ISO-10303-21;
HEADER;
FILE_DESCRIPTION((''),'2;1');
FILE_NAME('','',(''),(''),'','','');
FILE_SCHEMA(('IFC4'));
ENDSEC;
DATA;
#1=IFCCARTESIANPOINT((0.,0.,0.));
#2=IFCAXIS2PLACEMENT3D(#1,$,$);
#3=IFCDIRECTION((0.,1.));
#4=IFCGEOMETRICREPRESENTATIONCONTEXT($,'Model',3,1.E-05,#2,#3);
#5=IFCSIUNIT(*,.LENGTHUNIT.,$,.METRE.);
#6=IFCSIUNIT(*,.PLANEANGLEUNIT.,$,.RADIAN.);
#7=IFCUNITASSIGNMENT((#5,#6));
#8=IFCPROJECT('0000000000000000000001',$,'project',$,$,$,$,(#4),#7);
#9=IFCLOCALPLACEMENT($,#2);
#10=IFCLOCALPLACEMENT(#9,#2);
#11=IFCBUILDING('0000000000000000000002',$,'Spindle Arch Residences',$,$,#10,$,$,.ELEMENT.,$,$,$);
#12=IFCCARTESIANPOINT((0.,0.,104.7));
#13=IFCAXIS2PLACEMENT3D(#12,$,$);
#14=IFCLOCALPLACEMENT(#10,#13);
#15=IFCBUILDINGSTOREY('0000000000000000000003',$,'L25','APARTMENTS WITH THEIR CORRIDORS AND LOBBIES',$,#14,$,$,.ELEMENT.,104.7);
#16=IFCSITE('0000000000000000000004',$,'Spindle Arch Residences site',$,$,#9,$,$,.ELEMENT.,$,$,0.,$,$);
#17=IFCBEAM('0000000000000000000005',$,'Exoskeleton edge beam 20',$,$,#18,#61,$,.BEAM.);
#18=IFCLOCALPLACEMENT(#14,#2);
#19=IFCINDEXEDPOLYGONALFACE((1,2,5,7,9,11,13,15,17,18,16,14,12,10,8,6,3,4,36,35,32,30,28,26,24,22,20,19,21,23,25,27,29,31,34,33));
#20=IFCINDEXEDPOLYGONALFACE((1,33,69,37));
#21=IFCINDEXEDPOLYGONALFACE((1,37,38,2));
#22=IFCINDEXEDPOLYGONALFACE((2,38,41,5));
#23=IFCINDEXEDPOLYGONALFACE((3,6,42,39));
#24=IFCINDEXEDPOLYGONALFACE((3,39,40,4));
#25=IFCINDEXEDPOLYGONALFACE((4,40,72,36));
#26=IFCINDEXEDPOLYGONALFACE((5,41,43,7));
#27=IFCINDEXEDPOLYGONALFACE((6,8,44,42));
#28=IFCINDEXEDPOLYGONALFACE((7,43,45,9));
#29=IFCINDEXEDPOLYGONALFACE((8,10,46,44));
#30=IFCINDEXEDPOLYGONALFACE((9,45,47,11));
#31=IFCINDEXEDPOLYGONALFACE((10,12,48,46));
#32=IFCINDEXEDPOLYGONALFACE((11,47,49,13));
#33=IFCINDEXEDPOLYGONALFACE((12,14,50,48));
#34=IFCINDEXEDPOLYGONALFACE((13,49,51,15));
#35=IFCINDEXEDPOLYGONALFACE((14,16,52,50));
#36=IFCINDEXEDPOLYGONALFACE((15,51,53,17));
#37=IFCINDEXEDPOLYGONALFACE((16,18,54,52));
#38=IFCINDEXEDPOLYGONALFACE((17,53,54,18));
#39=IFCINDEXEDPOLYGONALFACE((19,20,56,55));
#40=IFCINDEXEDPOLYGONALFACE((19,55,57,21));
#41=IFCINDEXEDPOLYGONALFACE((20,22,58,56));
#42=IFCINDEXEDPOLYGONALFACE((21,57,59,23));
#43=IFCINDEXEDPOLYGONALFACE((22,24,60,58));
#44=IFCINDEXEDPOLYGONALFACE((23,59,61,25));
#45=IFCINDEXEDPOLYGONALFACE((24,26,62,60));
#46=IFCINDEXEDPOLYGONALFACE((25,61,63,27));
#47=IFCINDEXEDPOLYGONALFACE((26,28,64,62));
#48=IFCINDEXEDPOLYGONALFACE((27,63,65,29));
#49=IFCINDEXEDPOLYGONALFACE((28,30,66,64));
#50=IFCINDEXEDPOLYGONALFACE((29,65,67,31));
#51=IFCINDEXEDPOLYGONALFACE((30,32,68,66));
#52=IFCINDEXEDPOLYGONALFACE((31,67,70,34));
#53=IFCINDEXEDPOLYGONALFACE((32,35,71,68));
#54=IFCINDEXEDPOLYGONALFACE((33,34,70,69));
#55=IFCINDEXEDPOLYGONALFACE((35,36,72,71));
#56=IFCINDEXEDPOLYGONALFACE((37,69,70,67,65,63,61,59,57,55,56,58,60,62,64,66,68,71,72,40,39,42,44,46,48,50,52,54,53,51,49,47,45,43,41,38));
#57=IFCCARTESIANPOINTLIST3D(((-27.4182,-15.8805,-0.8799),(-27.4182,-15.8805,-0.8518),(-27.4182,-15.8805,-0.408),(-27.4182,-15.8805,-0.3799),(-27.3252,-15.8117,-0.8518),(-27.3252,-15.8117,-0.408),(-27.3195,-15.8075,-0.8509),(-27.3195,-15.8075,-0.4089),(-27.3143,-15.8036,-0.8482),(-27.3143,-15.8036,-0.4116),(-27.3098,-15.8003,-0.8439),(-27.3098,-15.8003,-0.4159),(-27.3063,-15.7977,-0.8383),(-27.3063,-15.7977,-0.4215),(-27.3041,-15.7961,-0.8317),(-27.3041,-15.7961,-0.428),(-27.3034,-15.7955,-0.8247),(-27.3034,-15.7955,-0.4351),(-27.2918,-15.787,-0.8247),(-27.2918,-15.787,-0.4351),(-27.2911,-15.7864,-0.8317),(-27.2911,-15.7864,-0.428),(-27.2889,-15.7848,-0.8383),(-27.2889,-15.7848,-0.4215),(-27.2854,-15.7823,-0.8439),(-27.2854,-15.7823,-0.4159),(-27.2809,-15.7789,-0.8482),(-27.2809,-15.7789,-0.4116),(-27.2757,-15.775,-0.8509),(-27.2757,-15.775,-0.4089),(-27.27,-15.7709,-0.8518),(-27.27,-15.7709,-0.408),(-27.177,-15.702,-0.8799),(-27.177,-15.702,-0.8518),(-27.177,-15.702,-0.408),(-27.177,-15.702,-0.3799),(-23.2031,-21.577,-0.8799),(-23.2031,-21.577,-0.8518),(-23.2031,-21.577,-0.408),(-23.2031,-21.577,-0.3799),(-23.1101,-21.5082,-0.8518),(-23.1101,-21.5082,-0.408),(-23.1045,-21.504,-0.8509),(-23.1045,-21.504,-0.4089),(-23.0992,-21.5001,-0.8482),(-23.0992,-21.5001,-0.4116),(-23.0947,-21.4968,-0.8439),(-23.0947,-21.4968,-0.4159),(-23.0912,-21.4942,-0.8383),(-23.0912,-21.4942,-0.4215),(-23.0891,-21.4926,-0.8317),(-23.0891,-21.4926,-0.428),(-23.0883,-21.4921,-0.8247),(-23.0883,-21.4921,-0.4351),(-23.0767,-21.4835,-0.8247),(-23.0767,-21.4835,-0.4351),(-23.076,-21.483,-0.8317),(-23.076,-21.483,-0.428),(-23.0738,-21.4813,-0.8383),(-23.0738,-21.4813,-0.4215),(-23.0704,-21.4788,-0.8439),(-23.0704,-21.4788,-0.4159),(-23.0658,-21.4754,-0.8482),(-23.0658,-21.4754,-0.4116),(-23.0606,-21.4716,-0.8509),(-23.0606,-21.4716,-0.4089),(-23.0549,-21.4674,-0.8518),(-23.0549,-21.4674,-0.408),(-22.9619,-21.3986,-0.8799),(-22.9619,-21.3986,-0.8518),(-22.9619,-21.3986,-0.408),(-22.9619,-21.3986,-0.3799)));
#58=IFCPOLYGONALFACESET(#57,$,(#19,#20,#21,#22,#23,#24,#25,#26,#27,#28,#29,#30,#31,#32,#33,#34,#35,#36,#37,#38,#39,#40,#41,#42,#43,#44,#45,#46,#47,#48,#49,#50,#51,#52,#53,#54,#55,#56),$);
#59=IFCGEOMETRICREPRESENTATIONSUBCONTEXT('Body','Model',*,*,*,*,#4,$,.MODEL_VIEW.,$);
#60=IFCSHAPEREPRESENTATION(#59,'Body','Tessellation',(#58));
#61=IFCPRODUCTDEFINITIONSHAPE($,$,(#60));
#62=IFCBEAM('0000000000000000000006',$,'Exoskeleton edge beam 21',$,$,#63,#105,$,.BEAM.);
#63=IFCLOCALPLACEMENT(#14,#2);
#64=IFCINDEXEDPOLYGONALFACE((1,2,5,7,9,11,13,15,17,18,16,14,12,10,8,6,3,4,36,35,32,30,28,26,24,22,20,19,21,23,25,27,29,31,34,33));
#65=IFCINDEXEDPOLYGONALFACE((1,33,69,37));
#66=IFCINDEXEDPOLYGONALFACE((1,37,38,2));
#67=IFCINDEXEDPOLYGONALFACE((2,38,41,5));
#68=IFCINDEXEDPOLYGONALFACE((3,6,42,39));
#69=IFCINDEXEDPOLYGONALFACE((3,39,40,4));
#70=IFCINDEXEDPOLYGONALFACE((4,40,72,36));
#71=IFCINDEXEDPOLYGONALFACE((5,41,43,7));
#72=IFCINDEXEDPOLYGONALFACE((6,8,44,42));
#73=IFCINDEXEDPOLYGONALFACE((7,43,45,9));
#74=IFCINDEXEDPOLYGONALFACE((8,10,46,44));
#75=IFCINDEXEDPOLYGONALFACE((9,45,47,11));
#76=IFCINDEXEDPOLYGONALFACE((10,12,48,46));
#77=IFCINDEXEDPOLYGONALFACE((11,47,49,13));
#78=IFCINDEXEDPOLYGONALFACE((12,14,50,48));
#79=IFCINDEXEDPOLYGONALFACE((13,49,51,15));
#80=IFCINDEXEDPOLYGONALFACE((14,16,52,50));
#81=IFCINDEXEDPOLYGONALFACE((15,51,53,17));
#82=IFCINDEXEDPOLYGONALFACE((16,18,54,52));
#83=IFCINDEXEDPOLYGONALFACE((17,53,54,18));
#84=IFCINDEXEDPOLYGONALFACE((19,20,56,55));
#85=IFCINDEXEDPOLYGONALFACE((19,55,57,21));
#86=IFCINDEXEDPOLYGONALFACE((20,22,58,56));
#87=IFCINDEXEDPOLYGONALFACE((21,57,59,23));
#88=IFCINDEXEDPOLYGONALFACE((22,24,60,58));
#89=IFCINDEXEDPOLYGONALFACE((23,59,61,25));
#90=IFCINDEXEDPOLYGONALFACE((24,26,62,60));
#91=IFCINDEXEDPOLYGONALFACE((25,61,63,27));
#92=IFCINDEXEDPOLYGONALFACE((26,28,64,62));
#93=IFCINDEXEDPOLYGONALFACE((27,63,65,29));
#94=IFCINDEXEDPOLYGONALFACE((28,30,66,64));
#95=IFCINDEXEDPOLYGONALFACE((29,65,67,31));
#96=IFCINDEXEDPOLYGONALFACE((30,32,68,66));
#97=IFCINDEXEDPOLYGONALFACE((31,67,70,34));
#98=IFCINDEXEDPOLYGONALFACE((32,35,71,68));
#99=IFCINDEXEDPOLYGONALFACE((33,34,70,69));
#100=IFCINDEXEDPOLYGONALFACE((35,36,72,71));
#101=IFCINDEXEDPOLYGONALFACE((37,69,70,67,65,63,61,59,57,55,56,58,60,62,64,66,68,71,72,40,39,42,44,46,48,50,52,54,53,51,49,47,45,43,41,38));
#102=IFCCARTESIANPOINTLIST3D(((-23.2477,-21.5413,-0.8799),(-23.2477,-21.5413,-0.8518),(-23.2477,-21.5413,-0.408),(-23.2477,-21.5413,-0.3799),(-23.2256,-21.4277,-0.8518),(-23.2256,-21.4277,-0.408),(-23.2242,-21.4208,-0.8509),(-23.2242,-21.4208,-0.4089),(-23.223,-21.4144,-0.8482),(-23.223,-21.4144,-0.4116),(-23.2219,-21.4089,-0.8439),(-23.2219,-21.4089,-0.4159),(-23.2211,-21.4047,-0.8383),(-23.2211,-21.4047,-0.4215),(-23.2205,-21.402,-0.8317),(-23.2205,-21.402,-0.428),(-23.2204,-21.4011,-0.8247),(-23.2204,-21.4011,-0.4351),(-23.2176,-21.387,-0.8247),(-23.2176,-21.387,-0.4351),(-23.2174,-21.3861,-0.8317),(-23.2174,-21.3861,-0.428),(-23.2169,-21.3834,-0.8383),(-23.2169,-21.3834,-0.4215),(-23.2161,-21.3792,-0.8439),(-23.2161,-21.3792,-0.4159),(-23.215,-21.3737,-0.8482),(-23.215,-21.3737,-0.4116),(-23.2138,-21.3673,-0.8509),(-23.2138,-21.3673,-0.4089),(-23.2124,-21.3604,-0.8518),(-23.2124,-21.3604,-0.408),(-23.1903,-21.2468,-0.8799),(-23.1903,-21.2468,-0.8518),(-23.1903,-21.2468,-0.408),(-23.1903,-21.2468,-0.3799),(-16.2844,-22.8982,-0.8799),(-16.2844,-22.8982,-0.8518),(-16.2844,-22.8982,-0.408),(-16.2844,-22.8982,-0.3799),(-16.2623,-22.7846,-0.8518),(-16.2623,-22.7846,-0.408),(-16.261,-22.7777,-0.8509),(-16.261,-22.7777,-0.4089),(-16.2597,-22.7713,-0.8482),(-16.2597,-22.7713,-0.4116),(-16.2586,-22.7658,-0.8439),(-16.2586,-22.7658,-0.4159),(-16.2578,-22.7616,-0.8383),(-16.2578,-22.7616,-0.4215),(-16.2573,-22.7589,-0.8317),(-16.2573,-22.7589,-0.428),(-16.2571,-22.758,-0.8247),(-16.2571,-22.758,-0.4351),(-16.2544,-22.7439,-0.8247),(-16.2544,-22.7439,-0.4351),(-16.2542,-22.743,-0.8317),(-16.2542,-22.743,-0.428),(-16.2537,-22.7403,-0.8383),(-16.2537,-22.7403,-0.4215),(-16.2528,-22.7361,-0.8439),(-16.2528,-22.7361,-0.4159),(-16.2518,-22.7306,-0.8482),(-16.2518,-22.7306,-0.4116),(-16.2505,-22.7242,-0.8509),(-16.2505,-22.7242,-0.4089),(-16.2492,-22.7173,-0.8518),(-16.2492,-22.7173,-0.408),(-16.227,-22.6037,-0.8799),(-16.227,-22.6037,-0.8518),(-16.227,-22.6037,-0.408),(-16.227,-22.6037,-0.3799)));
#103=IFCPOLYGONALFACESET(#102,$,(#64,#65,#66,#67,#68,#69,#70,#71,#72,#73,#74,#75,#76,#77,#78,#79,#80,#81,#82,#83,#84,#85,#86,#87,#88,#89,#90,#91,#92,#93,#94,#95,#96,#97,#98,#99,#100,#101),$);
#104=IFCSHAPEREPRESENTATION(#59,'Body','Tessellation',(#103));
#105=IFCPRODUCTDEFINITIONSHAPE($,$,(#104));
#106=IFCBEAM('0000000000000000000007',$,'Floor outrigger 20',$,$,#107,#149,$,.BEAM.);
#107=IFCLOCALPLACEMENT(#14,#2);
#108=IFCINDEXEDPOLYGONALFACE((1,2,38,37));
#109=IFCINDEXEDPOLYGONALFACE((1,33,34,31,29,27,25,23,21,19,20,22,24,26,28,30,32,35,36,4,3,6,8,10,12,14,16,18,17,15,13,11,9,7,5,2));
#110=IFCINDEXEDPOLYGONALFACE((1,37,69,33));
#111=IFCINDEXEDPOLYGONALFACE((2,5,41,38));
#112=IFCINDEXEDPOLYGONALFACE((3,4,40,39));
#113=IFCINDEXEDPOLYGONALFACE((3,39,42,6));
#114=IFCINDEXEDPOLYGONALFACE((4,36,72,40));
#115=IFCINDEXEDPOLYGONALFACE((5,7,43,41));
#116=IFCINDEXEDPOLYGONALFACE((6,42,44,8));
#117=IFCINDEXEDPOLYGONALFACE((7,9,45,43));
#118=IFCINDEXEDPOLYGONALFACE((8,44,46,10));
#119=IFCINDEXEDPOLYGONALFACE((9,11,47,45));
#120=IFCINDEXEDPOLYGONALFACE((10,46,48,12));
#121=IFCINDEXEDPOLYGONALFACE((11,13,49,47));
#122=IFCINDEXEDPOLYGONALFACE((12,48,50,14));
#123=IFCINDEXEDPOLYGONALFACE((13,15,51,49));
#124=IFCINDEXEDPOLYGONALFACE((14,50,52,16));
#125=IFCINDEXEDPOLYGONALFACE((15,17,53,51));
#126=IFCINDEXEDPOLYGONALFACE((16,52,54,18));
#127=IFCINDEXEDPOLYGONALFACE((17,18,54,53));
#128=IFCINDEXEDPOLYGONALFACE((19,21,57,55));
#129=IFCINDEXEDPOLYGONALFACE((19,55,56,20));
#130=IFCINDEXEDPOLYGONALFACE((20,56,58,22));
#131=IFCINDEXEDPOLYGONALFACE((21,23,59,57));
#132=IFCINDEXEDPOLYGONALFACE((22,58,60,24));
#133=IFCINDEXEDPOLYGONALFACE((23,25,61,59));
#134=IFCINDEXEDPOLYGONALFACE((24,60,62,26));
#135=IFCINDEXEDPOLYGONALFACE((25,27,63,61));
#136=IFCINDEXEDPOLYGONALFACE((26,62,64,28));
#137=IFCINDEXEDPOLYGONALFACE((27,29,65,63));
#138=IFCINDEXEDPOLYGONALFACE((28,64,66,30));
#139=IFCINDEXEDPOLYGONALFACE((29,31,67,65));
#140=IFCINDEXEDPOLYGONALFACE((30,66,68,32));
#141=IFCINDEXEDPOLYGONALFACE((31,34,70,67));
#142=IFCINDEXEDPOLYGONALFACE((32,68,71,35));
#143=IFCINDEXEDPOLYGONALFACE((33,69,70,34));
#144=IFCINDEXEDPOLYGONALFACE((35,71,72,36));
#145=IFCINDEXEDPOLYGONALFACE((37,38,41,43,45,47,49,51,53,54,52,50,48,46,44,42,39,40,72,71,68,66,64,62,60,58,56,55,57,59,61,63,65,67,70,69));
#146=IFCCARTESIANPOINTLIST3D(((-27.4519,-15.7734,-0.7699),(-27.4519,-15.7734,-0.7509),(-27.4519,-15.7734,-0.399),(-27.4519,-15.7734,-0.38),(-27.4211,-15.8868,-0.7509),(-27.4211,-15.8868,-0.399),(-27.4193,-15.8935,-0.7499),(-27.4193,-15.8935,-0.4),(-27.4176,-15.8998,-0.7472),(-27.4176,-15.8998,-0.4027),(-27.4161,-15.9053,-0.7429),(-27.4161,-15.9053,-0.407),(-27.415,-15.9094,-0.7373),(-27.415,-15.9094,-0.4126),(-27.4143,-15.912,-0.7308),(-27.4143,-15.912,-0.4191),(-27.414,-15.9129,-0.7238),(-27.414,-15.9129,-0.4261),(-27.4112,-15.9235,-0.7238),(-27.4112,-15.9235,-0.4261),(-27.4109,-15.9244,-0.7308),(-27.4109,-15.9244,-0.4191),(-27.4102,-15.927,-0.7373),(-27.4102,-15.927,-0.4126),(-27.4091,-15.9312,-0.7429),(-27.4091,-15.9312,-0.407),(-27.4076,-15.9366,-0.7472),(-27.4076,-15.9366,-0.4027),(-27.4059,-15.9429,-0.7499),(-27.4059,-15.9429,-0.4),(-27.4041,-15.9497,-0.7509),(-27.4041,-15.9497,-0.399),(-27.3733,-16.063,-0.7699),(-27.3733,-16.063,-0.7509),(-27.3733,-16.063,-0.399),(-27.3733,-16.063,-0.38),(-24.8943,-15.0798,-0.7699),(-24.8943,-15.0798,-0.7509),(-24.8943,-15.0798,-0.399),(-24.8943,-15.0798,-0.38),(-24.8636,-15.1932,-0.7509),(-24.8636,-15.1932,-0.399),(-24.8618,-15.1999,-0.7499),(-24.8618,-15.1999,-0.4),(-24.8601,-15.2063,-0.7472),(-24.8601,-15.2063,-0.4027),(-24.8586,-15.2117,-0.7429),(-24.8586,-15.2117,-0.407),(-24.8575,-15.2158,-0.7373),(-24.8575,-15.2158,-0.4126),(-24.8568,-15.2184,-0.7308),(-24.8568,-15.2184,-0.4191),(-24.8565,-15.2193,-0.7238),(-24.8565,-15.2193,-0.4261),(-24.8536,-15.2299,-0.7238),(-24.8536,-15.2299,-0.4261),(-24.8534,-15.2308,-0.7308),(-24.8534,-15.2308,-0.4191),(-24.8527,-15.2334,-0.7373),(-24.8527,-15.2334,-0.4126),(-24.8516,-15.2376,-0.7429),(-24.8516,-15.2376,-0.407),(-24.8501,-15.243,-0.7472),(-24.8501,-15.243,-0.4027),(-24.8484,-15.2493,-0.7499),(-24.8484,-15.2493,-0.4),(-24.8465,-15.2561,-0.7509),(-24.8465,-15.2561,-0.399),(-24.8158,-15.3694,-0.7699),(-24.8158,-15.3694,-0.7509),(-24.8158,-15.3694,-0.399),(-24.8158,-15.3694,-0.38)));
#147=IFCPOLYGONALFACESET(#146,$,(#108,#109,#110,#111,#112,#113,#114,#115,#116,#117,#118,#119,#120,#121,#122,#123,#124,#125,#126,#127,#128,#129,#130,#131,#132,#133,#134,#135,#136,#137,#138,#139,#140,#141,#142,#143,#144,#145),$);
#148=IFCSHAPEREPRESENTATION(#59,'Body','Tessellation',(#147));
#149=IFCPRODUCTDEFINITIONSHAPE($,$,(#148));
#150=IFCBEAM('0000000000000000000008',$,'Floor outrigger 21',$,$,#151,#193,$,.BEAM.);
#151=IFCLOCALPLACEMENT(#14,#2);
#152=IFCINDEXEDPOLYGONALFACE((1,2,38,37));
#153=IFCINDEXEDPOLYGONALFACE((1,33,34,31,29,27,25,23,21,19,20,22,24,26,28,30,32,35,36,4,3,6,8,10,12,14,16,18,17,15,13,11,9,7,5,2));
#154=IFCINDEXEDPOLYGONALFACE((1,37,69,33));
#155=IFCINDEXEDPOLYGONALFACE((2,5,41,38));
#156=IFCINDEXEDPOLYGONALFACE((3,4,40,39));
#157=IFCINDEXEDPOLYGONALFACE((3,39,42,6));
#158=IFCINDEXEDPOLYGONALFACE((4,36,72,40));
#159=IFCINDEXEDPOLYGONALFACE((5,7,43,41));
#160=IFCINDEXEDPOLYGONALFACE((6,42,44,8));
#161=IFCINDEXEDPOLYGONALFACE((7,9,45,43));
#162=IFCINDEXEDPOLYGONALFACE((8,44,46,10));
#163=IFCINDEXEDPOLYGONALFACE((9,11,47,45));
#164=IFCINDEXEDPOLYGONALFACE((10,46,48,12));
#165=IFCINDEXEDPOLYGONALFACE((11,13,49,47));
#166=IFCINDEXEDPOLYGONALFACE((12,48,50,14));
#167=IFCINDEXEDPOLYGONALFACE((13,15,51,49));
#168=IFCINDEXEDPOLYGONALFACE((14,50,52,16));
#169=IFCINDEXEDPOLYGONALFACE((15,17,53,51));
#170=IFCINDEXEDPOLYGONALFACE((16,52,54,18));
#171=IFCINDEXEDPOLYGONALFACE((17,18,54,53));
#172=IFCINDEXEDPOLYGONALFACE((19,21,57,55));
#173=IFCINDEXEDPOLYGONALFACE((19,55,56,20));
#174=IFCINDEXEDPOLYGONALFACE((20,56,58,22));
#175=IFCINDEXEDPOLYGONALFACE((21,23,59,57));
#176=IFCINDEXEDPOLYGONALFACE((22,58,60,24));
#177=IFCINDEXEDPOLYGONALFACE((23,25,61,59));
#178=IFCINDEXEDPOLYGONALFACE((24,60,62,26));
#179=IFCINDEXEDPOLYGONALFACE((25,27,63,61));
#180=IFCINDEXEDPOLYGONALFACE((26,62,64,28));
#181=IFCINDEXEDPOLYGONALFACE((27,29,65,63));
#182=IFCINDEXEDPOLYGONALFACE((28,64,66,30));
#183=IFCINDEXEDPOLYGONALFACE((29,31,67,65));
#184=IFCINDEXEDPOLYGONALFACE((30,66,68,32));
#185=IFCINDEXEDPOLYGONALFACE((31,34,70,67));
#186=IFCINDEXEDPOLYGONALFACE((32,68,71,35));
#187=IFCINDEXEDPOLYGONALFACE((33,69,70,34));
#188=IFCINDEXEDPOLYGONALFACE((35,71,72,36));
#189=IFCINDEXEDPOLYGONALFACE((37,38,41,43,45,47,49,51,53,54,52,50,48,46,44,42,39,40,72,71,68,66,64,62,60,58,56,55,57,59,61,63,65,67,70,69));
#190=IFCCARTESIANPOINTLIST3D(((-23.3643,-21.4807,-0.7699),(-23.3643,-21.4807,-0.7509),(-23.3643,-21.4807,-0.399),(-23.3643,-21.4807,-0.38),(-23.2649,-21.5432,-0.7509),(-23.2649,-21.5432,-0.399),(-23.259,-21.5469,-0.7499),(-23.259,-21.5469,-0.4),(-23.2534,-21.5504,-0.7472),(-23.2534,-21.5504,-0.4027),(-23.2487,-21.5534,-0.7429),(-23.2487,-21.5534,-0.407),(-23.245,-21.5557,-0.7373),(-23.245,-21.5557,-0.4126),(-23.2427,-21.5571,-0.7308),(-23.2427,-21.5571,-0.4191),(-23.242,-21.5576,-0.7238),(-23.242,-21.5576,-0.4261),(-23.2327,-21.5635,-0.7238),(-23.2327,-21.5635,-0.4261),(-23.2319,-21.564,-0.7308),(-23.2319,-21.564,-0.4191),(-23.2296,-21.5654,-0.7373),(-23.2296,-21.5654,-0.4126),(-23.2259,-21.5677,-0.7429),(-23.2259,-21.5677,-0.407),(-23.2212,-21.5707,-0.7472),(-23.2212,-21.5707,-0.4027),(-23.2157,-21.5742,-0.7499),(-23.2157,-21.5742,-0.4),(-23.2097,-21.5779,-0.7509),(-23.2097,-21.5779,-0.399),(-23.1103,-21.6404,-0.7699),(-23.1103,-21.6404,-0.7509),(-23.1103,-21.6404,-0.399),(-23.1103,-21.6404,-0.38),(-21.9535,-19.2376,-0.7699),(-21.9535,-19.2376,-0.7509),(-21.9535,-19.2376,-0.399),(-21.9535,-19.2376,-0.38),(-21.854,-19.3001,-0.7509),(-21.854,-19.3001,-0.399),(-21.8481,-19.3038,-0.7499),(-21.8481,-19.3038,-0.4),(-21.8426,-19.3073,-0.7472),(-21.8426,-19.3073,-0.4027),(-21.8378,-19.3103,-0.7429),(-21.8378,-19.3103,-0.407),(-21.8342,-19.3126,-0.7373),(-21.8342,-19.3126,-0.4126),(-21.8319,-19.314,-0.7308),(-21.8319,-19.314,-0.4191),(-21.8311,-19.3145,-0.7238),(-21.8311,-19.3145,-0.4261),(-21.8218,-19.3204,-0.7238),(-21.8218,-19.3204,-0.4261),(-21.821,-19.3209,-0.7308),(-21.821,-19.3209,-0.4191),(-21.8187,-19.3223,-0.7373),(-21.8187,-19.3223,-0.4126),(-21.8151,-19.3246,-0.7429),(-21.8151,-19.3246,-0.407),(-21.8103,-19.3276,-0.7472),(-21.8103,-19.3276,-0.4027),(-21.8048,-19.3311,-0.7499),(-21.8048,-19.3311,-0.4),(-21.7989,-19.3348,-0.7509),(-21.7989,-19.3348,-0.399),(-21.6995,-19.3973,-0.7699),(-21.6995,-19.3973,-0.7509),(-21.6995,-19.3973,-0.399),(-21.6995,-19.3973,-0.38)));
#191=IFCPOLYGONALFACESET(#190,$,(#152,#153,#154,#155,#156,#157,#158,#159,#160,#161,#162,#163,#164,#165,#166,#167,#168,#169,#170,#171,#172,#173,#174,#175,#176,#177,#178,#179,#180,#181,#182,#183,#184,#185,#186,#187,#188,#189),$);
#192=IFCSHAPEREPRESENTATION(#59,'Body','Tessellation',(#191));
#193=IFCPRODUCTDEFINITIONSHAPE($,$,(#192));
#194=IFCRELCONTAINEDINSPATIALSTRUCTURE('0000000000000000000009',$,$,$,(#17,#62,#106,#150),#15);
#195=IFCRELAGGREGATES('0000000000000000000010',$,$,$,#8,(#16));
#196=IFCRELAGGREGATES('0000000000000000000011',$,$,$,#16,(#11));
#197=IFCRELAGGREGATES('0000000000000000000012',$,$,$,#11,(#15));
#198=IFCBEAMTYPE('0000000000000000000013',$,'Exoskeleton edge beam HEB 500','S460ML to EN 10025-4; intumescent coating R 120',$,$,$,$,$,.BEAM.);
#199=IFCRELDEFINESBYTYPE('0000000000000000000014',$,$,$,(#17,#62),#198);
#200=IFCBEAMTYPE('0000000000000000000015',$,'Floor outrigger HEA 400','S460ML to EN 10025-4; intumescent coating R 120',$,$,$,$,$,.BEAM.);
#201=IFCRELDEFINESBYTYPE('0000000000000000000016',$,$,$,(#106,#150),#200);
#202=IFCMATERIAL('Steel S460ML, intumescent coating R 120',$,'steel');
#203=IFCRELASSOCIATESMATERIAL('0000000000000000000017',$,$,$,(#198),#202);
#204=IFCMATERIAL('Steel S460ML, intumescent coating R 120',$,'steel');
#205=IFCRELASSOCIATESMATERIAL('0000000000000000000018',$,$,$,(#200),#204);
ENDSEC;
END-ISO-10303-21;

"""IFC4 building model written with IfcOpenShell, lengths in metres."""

from ifc_helpers import new_model, si_unit, direction, frame, origin, origin_2d, place, context, subcontext, project, spatial, i_section, extrude, material, material_profile, profile_set, type_object, element, save


model = new_model("IFC4")

# Units and contexts
model_context = context("Model", 3, precision=1e-05, world=origin(), true_north=direction((0.0, 1.0)))
body_context = subcontext(model_context, "Body", "Model", "MODEL_VIEW")
ifc_project = project(units=[si_unit("LENGTHUNIT", "METRE"), si_unit("PLANEANGLEUNIT", "RADIAN")], contexts=[model_context])

# Site, building, storey
site_placement = place(None, origin())
site = spatial("IfcSite", under=ifc_project, at=site_placement, Name="Spindle Arch Residences site", CompositionType="ELEMENT", RefElevation=0.0)
building_placement = place(site_placement, origin())
building = spatial("IfcBuilding", under=site, at=building_placement, Name="Spindle Arch Residences", CompositionType="ELEMENT")
storey_placement = place(building_placement, frame((0.0, 0.0, 104.7)))
storey = spatial("IfcBuildingStorey", under=building, at=storey_placement, Name="L25", Description="APARTMENTS WITH THEIR CORRIDORS AND LOBBIES", CompositionType="ELEMENT", Elevation=104.7)

# Beams
ifc_material_1 = material(Name="Steel S460ML, intumescent coating R 120", Category="steel")
ifc_material_profile_1 = material_profile(ifc_material_1, i_section(OverallWidth=0.3, OverallDepth=0.5, WebThickness=0.0144, FlangeThickness=0.0281, FilletRadius=0.0271, at=origin_2d()), Name="HEB 500")
ifc_profile_set_1 = profile_set([ifc_material_profile_1], Name="Steel S460ML, intumescent coating R 120")
beam_type_1 = type_object("IfcBeamType", Name="Exoskeleton edge beam HEB 500", Description="S460ML to EN 10025-4; intumescent coating R 120", PredefinedType="BEAM", material=ifc_profile_set_1)
beam_1_placement = place(storey_placement, frame((-27.2976, -15.7913, -0.6299), z_axis=(0.594811, -0.803865, 0.0), x_axis=(0.803865, 0.594811, 0.0)))
element("IfcBeam", 1, at=beam_1_placement, inside=storey, type_object=beam_type_1, Name="Exoskeleton edge beam 20", PredefinedType="BEAM", context=body_context, shape_type="SweptSolid", body=[
    extrude(i_section(OverallWidth=0.3, OverallDepth=0.5, WebThickness=0.0144, FlangeThickness=0.0281, FilletRadius=0.0271, at=origin_2d()), origin(), (0.0, 0.0, 1.0), 7.0864),
])
beam_2_placement = place(storey_placement, frame((-23.219, -21.394, -0.6299), z_axis=(0.981538, -0.191269, 0.0), x_axis=(0.191269, 0.981538, 0.0)))
element("IfcBeam", 2, at=beam_2_placement, inside=storey, type_object=beam_type_1, Name="Exoskeleton edge beam 21", PredefinedType="BEAM", context=body_context, shape_type="SweptSolid", body=[
    extrude(i_section(OverallWidth=0.3, OverallDepth=0.5, WebThickness=0.0144, FlangeThickness=0.0281, FilletRadius=0.0271, at=origin_2d()), origin(), (0.0, 0.0, 1.0), 7.0942),
])
ifc_material_2 = material(Name="Steel S460ML, intumescent coating R 120", Category="steel")
ifc_material_profile_2 = material_profile(ifc_material_2, i_section(OverallWidth=0.3, OverallDepth=0.3899, WebThickness=0.011, FlangeThickness=0.019, FilletRadius=0.0271, at=origin_2d()), Name="HEA 400")
ifc_profile_set_2 = profile_set([ifc_material_profile_2], Name="Steel S460ML, intumescent coating R 120")
beam_type_2 = type_object("IfcBeamType", Name="Floor outrigger HEA 400", Description="S460ML to EN 10025-4; intumescent coating R 120", PredefinedType="BEAM", material=ifc_profile_set_2)
for number, where, z_axis, x_axis, name in (
    (3, (-27.4126, -15.9182, -0.575), (0.965139, 0.261737, 0.0), (-0.261737, 0.965139, 0.0), "Floor outrigger 20"),
    (4, (-23.2373, -21.5605, -0.575), (0.532415, 0.846484, 0.0), (-0.846484, 0.532415, 0.0), "Floor outrigger 21"),
):
    element("IfcBeam", number, at=place(storey_placement, frame(where, z_axis=z_axis, x_axis=x_axis)), inside=storey, type_object=beam_type_2, Name=name, PredefinedType="BEAM", context=body_context, shape_type="SweptSolid", body=[
        extrude(i_section(OverallWidth=0.3, OverallDepth=0.3899, WebThickness=0.011, FlangeThickness=0.019, FilletRadius=0.0271, at=origin_2d()), origin(), (0.0, 0.0, 1.0), 2.6499),
    ])

save(model, "model.ifc")
